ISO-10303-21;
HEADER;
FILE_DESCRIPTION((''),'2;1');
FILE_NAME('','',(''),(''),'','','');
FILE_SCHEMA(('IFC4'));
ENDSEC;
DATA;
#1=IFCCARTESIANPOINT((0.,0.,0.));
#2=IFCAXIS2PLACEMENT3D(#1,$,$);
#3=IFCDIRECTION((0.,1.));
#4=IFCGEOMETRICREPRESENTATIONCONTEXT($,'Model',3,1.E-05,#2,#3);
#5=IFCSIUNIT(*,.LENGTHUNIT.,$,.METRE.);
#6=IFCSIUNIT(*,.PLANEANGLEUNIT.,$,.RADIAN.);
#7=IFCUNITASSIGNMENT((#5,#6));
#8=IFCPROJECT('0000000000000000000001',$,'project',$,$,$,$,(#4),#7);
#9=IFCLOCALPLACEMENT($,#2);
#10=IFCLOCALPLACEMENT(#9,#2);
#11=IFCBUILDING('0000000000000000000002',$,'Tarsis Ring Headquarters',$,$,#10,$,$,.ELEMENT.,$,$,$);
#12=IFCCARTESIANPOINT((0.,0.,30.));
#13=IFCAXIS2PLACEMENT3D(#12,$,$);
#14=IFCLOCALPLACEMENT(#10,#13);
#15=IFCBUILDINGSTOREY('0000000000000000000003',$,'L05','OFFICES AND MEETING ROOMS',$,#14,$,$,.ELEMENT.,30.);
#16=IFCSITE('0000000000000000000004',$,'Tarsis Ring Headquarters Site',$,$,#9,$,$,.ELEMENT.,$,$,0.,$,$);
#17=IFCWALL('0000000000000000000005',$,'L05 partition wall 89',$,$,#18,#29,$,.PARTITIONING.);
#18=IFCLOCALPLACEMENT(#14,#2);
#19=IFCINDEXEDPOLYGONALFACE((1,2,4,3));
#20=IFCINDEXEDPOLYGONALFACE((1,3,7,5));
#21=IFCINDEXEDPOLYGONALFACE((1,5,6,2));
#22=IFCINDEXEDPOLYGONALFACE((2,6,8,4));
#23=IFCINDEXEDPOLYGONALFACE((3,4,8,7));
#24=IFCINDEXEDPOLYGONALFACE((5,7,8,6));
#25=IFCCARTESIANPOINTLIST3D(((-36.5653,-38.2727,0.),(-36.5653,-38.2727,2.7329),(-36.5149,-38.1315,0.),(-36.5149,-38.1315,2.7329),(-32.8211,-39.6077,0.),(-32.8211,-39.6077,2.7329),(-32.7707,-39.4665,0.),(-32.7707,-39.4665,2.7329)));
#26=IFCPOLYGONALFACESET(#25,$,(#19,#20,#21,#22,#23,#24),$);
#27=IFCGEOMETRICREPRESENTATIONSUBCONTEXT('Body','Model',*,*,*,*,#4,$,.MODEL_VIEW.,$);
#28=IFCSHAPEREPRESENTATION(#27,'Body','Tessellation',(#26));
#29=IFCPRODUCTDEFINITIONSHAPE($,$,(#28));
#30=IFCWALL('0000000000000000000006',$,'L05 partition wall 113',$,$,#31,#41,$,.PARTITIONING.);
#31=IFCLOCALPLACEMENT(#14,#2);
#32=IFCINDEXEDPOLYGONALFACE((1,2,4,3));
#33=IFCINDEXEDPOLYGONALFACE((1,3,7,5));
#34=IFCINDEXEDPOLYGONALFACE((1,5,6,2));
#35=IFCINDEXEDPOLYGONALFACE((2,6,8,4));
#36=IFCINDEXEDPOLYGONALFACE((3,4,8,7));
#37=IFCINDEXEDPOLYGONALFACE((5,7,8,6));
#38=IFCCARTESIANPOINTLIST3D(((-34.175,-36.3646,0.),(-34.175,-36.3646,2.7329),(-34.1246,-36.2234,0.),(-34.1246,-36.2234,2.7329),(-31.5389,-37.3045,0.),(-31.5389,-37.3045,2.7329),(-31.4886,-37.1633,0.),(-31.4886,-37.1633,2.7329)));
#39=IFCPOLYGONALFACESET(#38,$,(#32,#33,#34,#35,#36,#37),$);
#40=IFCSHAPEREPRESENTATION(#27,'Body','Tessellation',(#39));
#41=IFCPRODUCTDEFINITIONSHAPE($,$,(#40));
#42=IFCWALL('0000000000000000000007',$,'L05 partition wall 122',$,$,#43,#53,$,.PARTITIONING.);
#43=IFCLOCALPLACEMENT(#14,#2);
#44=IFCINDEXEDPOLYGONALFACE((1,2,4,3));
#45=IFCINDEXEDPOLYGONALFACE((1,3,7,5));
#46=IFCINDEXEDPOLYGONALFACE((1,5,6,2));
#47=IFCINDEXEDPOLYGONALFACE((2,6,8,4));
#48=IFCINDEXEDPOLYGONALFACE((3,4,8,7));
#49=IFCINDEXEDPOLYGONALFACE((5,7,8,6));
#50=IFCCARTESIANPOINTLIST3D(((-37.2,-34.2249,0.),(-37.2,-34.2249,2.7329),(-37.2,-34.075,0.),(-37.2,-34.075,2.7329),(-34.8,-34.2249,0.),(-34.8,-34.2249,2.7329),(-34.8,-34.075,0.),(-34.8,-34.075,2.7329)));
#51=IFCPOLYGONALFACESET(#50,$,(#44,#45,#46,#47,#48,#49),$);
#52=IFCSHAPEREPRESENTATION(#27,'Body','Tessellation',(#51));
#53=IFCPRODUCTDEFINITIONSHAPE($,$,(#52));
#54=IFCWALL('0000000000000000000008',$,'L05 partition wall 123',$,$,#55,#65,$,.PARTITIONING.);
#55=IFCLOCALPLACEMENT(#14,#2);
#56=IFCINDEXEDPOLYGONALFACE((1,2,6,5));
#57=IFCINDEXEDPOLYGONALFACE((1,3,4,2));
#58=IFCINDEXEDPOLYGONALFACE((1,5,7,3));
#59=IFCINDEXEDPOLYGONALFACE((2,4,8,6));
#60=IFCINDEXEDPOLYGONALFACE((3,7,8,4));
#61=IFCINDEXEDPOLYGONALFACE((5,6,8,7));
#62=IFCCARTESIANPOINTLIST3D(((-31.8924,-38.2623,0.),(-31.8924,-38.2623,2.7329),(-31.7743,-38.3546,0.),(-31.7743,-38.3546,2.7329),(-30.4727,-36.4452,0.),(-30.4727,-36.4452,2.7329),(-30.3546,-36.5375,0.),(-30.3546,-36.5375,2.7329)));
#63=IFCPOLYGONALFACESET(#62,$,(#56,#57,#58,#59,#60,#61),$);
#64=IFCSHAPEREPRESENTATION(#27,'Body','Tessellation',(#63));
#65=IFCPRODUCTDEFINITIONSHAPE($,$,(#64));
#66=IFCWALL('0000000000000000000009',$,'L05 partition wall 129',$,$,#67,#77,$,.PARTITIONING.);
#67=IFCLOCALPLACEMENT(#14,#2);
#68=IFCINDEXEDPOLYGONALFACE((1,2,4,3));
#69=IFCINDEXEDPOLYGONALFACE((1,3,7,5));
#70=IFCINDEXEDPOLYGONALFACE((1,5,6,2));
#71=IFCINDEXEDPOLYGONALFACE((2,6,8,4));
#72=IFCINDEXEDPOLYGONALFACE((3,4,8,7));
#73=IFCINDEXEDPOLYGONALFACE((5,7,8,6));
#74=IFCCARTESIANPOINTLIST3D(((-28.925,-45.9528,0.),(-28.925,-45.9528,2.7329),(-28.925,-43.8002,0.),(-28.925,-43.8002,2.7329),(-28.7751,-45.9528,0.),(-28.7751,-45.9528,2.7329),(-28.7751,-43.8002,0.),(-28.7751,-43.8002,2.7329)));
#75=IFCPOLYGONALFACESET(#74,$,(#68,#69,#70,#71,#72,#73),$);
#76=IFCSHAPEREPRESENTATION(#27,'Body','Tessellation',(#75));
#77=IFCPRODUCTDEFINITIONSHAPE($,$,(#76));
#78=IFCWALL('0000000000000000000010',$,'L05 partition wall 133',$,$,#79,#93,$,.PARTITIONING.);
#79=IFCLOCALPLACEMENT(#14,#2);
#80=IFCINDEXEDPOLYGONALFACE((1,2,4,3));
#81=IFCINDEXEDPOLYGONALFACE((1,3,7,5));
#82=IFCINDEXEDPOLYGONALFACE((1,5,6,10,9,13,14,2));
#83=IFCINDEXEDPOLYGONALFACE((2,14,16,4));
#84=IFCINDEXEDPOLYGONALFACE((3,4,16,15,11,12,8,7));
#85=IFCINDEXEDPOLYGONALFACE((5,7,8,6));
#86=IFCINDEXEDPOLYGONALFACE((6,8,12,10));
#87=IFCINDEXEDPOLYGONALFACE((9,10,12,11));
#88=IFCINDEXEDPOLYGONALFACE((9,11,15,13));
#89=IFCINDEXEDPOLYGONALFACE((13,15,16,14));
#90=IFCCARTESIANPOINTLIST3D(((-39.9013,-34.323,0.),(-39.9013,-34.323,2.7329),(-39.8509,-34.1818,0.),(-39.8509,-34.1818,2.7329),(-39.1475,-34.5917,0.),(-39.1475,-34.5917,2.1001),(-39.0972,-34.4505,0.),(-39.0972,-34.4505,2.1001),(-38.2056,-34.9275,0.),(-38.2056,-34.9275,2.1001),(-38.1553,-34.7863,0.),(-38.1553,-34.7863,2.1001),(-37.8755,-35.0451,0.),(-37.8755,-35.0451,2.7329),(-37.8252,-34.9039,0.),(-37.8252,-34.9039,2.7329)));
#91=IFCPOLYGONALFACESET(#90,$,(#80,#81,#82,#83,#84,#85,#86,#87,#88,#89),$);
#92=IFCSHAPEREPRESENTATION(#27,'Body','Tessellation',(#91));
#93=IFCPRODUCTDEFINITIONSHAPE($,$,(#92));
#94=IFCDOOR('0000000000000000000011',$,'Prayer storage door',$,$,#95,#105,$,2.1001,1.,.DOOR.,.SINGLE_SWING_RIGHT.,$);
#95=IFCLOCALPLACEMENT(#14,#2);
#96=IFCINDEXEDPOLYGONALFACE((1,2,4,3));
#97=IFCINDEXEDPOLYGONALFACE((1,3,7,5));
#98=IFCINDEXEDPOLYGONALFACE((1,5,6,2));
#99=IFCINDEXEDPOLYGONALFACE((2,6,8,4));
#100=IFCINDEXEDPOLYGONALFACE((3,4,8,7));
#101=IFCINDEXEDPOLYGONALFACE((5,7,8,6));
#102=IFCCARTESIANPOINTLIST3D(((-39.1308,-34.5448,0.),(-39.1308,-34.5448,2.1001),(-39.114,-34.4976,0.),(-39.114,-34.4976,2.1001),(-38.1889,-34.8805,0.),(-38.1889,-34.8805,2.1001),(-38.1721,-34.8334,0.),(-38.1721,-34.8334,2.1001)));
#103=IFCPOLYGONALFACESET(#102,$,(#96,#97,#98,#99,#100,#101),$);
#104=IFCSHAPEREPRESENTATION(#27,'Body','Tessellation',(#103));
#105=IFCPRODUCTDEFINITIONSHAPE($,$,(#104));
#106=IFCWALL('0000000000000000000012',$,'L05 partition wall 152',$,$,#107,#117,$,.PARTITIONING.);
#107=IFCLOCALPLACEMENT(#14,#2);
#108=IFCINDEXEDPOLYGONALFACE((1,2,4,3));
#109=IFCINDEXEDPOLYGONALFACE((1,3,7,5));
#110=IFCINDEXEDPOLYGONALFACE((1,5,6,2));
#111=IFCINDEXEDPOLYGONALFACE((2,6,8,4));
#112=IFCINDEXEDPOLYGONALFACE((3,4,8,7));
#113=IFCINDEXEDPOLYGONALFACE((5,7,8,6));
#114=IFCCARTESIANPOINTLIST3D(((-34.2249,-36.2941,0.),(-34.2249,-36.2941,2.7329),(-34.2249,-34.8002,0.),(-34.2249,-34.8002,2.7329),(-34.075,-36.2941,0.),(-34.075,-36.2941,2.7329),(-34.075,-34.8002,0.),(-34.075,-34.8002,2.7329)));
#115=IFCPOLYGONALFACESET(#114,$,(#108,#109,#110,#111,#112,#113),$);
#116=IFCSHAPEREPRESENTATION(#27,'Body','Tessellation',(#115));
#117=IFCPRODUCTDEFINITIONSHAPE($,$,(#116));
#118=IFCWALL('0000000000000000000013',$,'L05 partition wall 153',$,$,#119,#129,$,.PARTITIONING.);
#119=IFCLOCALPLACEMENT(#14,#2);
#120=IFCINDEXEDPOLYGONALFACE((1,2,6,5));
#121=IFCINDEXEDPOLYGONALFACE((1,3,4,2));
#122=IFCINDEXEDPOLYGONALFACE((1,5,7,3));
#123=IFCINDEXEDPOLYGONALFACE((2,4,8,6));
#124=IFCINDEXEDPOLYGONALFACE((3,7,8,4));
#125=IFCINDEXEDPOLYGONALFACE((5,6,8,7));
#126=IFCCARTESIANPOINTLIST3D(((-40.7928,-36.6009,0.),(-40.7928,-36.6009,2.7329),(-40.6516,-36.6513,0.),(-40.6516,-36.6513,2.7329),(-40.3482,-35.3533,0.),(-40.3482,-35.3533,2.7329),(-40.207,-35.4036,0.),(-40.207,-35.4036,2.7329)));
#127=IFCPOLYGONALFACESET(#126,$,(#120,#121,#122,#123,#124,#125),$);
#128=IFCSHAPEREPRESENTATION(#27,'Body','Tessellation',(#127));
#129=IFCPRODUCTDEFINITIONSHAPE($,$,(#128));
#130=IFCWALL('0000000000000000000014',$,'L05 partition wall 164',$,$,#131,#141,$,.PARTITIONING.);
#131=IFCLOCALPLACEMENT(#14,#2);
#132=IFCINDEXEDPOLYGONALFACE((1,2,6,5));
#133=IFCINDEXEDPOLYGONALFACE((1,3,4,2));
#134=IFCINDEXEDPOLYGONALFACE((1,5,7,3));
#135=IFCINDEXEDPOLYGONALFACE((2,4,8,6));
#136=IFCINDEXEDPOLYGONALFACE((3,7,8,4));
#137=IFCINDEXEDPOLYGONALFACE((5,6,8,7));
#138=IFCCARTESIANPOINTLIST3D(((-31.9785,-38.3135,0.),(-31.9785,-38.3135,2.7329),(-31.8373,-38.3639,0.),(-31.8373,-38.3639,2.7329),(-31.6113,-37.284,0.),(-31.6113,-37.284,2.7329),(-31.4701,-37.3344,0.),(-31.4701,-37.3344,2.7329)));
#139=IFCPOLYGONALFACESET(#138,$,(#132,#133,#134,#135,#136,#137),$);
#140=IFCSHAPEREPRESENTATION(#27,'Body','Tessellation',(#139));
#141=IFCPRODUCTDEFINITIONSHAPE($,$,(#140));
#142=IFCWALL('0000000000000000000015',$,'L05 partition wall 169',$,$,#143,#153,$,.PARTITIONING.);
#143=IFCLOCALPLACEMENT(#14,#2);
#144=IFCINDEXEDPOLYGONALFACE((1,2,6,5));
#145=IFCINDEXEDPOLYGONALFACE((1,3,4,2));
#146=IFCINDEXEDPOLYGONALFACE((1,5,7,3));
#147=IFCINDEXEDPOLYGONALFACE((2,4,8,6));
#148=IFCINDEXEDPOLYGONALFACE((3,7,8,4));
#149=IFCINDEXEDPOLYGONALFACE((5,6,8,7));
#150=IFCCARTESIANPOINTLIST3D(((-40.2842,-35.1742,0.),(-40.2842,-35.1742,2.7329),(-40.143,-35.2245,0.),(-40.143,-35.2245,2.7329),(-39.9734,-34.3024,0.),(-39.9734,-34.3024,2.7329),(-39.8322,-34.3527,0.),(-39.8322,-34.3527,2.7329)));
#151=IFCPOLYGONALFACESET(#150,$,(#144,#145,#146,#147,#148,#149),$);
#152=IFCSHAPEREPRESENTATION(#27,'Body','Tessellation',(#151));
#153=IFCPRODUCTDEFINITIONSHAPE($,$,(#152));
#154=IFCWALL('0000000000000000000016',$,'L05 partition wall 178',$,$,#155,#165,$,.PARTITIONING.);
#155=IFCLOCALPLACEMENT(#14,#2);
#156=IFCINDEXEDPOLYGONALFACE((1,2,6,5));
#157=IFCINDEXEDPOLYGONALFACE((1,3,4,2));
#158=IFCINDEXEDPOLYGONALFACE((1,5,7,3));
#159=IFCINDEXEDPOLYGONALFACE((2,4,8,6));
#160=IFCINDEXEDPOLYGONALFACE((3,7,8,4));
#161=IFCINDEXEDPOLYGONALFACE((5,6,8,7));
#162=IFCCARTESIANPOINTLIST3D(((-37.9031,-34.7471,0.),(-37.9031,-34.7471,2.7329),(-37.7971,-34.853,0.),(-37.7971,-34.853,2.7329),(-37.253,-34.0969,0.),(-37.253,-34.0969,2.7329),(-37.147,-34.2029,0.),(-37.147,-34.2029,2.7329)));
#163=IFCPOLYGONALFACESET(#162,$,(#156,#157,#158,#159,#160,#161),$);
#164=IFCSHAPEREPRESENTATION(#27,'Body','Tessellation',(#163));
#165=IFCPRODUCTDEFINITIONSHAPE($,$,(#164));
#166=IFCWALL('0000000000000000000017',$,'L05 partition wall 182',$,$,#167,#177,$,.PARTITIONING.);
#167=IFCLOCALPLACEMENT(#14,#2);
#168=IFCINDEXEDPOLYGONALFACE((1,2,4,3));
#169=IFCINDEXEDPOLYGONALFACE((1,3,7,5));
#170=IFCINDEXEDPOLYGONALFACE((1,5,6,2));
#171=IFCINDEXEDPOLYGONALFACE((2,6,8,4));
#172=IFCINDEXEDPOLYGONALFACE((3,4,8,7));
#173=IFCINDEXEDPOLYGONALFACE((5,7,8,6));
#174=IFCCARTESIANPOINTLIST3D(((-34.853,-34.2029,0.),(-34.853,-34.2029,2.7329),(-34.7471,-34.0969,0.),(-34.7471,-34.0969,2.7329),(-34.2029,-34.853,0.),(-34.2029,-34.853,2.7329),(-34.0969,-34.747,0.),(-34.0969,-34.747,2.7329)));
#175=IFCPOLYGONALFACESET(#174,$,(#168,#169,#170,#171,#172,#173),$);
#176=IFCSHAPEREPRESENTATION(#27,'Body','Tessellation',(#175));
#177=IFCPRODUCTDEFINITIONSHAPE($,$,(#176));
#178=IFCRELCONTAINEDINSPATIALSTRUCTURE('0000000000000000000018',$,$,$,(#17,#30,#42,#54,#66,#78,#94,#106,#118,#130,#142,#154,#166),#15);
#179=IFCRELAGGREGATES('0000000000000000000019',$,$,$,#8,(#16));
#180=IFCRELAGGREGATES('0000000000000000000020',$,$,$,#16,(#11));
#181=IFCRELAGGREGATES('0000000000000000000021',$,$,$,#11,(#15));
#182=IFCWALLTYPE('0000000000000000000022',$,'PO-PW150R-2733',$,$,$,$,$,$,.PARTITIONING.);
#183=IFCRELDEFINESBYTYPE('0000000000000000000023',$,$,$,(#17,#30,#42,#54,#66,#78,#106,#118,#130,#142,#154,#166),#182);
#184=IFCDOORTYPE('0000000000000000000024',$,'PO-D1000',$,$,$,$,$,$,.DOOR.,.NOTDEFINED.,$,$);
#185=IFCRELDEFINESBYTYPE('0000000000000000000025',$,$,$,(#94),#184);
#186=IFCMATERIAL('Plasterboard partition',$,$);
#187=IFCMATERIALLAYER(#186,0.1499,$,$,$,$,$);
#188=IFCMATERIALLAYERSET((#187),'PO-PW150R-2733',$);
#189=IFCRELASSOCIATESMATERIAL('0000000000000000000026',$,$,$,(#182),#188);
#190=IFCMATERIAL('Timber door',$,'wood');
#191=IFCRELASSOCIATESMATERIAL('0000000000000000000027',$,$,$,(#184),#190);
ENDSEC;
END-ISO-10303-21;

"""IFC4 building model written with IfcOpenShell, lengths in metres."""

from ifc_helpers import new_model, si_unit, direction, frame, frame_2d, origin, place, context, subcontext, project, spatial, rectangle, extrude, material, layer, layer_set, type_object, element, fill, save


model = new_model("IFC4")

# Units and contexts
model_context = context("Model", 3, precision=1e-05, world=origin(), true_north=direction((0.0, 1.0)))
body_context = subcontext(model_context, "Body", "Model", "MODEL_VIEW")
ifc_project = project(units=[si_unit("LENGTHUNIT", "METRE"), si_unit("PLANEANGLEUNIT", "RADIAN")], contexts=[model_context])

# Site, building, storey
site_placement = place(None, origin())
site = spatial("IfcSite", under=ifc_project, at=site_placement, Name="Tarsis Ring Headquarters Site", CompositionType="ELEMENT", RefElevation=0.0)
building_placement = place(site_placement, origin())
building = spatial("IfcBuilding", under=site, at=building_placement, Name="Tarsis Ring Headquarters", CompositionType="ELEMENT")
storey_placement = place(building_placement, frame((0.0, 0.0, 30.0)))
storey = spatial("IfcBuildingStorey", under=building, at=storey_placement, Name="L05", Description="OFFICES AND MEETING ROOMS", CompositionType="ELEMENT", Elevation=30.0)

# Shared definitions
ifc_material_1 = material(Name="Plasterboard partition")
ifc_material_2 = material(Name="Timber door", Category="wood")

# Shared definitions
ifc_layer_1 = layer(ifc_material_1, 0.1499)
ifc_layer_set_1 = layer_set([ifc_layer_1], Name="PO-PW150R-2733")
wall_type_1 = type_object("IfcWallType", Name="PO-PW150R-2733", PredefinedType="PARTITIONING", material=ifc_layer_set_1)
door_type_1 = type_object("IfcDoorType", Name="PO-D1000", OperationType="NOTDEFINED", PredefinedType="DOOR", material=ifc_material_2)

# Walls
wall_1_placement = place(storey_placement, frame((-32.7959, -39.5371, 0.0), z_axis=(0.0, 0.0, 1.0), x_axis=(-0.94192, 0.335838, 0.0)))
element("IfcWall", 1, at=wall_1_placement, inside=storey, type_object=wall_type_1, Name="L05 partition wall 89", PredefinedType="PARTITIONING", context=body_context, shape_type="SweptSolid", body=[
    extrude(rectangle(XDim=3.9751, YDim=0.1499, at=frame_2d((1.9875, 0.0))), origin(), (0.0, 0.0, 1.0), 2.7329),
])
wall_2_placement = place(storey_placement, frame((-34.1499, -36.2939, 0.0), z_axis=(0.0, 0.0, 1.0), x_axis=(0.94191, -0.335867, 0.0)))
element("IfcWall", 2, at=wall_2_placement, inside=storey, type_object=wall_type_1, Name="L05 partition wall 113", PredefinedType="PARTITIONING", context=body_context, shape_type="SweptSolid", body=[
    extrude(rectangle(XDim=2.7986, YDim=0.1499, at=frame_2d((1.3994, 0.0))), origin(), (0.0, 0.0, 1.0), 2.7329),
])
wall_3_placement = place(storey_placement, frame((-37.2, -34.1499, 0.0), z_axis=(0.0, 0.0, 1.0), x_axis=(1.0, 0.0, 0.0)))
element("IfcWall", 3, at=wall_3_placement, inside=storey, type_object=wall_type_1, Name="L05 partition wall 122", PredefinedType="PARTITIONING", context=body_context, shape_type="SweptSolid", body=[
    extrude(rectangle(XDim=2.3999, YDim=0.1499, at=frame_2d((1.2, 0.0))), origin(), (0.0, 0.0, 1.0), 2.7329),
])
wall_4_placement = place(storey_placement, frame((-31.8333, -38.3083, 0.0), z_axis=(0.0, 0.0, 1.0), x_axis=(0.615654, 0.788016, 0.0)))
element("IfcWall", 4, at=wall_4_placement, inside=storey, type_object=wall_type_1, Name="L05 partition wall 123", PredefinedType="PARTITIONING", context=body_context, shape_type="SweptSolid", body=[
    extrude(rectangle(XDim=2.3059, YDim=0.1499, at=frame_2d((1.1528, 0.0))), origin(), (0.0, 0.0, 1.0), 2.7329),
])
wall_5_placement = place(storey_placement, frame((-28.8501, -45.9526, 0.0), z_axis=(0.0, 0.0, 1.0), x_axis=(0.0, 1.0, 0.0)))
element("IfcWall", 5, at=wall_5_placement, inside=storey, type_object=wall_type_1, Name="L05 partition wall 129", PredefinedType="PARTITIONING", context=body_context, shape_type="SweptSolid", body=[
    extrude(rectangle(XDim=2.1526, YDim=0.1499, at=frame_2d((1.0762, 0.0))), origin(), (0.0, 0.0, 1.0), 2.7329),
])

# Wall, opening, door
wall_6_placement = place(storey_placement, frame((-39.876, -34.2524, 0.0), z_axis=(0.0, 0.0, 1.0), x_axis=(0.941942, -0.335775, 0.0)))
wall_6 = element("IfcWall", 6, at=wall_6_placement, inside=storey, type_object=wall_type_1, Name="L05 partition wall 133", PredefinedType="PARTITIONING", context=body_context, shape_type="SweptSolid", body=[
    extrude(rectangle(XDim=2.1506, YDim=0.1499, at=frame_2d((1.0752, 0.0))), origin(), (0.0, 0.0, 1.0), 2.7329),
])
opening_1_placement = place(wall_6_placement, frame((0.8, 0.0, 0.0)))
opening_1 = element("IfcOpeningElement", 7, at=opening_1_placement, cuts=wall_6, PredefinedType="OPENING", context=body_context, shape_type="SweptSolid", body=[
    extrude(rectangle(XDim=1.0, YDim=2.1001, at=frame_2d((0.5, 1.05))), frame((0.0, 0.085, 0.0), z_axis=(0.0, -1.0, 0.0), x_axis=(1.0, 0.0, 0.0)), (0.0, 0.0, 1.0), 0.1699),
])
door_1_placement = place(opening_1_placement, origin())
door_1 = element("IfcDoor", 8, at=door_1_placement, inside=storey, type_object=door_type_1, Name="Prayer storage door", OperationType="SINGLE_SWING_RIGHT", OverallHeight=2.1001, OverallWidth=1.0, PredefinedType="DOOR", context=body_context, shape_type="SweptSolid", body=[
    extrude(rectangle(XDim=1.0, YDim=2.1001, at=frame_2d((0.5, 1.05))), frame((0.0, 0.0249, 0.0), z_axis=(0.0, -1.0, 0.0), x_axis=(1.0, 0.0, 0.0)), (0.0, 0.0, 1.0), 0.05),
])
fill(opening_1, door_1)

# Walls
wall_7_placement = place(storey_placement, frame((-34.1499, -34.8, 0.0), z_axis=(0.0, 0.0, 1.0), x_axis=(0.0, -1.0, 0.0)))
element("IfcWall", 9, at=wall_7_placement, inside=storey, type_object=wall_type_1, Name="L05 partition wall 152", PredefinedType="PARTITIONING", context=body_context, shape_type="SweptSolid", body=[
    extrude(rectangle(XDim=1.4939, YDim=0.1499, at=frame_2d((0.7471, 0.0))), origin(), (0.0, 0.0, 1.0), 2.7329),
])
wall_8_placement = place(storey_placement, frame((-40.7222, -36.626, 0.0), z_axis=(0.0, 0.0, 1.0), x_axis=(0.335682, 0.941975, 0.0)))
element("IfcWall", 10, at=wall_8_placement, inside=storey, type_object=wall_type_1, Name="L05 partition wall 153", PredefinedType="PARTITIONING", context=body_context, shape_type="SweptSolid", body=[
    extrude(rectangle(XDim=1.3245, YDim=0.1499, at=frame_2d((0.6621, 0.0))), origin(), (0.0, 0.0, 1.0), 2.7329),
])
wall_9_placement = place(storey_placement, frame((-31.5408, -37.3093, 0.0), z_axis=(0.0, 0.0, 1.0), x_axis=(-0.335926, -0.941888, 0.0)))
element("IfcWall", 11, at=wall_9_placement, inside=storey, type_object=wall_type_1, Name="L05 partition wall 164", PredefinedType="PARTITIONING", context=body_context, shape_type="SweptSolid", body=[
    extrude(rectangle(XDim=1.093, YDim=0.1499, at=frame_2d((0.5464, 0.0))), origin(), (0.0, 0.0, 1.0), 2.7329),
])
wall_10_placement = place(storey_placement, frame((-40.2136, -35.1995, 0.0), z_axis=(0.0, 0.0, 1.0), x_axis=(0.335785, 0.941939, 0.0)))
element("IfcWall", 12, at=wall_10_placement, inside=storey, type_object=wall_type_1, Name="L05 partition wall 169", PredefinedType="PARTITIONING", context=body_context, shape_type="SweptSolid", body=[
    extrude(rectangle(XDim=0.9255, YDim=0.1499, at=frame_2d((0.4629, 0.0))), origin(), (0.0, 0.0, 1.0), 2.7329),
])
for number, where, z_axis, x_axis, name in (
    (13, (-37.8501, -34.8, 0.0), (0.0, 0.0, 1.0), (0.707107, 0.707107, 0.0), "L05 partition wall 178"),
    (14, (-34.8, -34.1499, 0.0), (0.0, 0.0, 1.0), (0.707107, -0.707107, 0.0), "L05 partition wall 182"),
):
    element("IfcWall", number, at=place(storey_placement, frame(where, z_axis=z_axis, x_axis=x_axis)), inside=storey, type_object=wall_type_1, Name=name, PredefinedType="PARTITIONING", context=body_context, shape_type="SweptSolid", body=[
        extrude(rectangle(XDim=0.9194, YDim=0.1499, at=frame_2d((0.4597, 0.0))), origin(), (0.0, 0.0, 1.0), 2.7329),
    ])

save(model, "model.ifc")
